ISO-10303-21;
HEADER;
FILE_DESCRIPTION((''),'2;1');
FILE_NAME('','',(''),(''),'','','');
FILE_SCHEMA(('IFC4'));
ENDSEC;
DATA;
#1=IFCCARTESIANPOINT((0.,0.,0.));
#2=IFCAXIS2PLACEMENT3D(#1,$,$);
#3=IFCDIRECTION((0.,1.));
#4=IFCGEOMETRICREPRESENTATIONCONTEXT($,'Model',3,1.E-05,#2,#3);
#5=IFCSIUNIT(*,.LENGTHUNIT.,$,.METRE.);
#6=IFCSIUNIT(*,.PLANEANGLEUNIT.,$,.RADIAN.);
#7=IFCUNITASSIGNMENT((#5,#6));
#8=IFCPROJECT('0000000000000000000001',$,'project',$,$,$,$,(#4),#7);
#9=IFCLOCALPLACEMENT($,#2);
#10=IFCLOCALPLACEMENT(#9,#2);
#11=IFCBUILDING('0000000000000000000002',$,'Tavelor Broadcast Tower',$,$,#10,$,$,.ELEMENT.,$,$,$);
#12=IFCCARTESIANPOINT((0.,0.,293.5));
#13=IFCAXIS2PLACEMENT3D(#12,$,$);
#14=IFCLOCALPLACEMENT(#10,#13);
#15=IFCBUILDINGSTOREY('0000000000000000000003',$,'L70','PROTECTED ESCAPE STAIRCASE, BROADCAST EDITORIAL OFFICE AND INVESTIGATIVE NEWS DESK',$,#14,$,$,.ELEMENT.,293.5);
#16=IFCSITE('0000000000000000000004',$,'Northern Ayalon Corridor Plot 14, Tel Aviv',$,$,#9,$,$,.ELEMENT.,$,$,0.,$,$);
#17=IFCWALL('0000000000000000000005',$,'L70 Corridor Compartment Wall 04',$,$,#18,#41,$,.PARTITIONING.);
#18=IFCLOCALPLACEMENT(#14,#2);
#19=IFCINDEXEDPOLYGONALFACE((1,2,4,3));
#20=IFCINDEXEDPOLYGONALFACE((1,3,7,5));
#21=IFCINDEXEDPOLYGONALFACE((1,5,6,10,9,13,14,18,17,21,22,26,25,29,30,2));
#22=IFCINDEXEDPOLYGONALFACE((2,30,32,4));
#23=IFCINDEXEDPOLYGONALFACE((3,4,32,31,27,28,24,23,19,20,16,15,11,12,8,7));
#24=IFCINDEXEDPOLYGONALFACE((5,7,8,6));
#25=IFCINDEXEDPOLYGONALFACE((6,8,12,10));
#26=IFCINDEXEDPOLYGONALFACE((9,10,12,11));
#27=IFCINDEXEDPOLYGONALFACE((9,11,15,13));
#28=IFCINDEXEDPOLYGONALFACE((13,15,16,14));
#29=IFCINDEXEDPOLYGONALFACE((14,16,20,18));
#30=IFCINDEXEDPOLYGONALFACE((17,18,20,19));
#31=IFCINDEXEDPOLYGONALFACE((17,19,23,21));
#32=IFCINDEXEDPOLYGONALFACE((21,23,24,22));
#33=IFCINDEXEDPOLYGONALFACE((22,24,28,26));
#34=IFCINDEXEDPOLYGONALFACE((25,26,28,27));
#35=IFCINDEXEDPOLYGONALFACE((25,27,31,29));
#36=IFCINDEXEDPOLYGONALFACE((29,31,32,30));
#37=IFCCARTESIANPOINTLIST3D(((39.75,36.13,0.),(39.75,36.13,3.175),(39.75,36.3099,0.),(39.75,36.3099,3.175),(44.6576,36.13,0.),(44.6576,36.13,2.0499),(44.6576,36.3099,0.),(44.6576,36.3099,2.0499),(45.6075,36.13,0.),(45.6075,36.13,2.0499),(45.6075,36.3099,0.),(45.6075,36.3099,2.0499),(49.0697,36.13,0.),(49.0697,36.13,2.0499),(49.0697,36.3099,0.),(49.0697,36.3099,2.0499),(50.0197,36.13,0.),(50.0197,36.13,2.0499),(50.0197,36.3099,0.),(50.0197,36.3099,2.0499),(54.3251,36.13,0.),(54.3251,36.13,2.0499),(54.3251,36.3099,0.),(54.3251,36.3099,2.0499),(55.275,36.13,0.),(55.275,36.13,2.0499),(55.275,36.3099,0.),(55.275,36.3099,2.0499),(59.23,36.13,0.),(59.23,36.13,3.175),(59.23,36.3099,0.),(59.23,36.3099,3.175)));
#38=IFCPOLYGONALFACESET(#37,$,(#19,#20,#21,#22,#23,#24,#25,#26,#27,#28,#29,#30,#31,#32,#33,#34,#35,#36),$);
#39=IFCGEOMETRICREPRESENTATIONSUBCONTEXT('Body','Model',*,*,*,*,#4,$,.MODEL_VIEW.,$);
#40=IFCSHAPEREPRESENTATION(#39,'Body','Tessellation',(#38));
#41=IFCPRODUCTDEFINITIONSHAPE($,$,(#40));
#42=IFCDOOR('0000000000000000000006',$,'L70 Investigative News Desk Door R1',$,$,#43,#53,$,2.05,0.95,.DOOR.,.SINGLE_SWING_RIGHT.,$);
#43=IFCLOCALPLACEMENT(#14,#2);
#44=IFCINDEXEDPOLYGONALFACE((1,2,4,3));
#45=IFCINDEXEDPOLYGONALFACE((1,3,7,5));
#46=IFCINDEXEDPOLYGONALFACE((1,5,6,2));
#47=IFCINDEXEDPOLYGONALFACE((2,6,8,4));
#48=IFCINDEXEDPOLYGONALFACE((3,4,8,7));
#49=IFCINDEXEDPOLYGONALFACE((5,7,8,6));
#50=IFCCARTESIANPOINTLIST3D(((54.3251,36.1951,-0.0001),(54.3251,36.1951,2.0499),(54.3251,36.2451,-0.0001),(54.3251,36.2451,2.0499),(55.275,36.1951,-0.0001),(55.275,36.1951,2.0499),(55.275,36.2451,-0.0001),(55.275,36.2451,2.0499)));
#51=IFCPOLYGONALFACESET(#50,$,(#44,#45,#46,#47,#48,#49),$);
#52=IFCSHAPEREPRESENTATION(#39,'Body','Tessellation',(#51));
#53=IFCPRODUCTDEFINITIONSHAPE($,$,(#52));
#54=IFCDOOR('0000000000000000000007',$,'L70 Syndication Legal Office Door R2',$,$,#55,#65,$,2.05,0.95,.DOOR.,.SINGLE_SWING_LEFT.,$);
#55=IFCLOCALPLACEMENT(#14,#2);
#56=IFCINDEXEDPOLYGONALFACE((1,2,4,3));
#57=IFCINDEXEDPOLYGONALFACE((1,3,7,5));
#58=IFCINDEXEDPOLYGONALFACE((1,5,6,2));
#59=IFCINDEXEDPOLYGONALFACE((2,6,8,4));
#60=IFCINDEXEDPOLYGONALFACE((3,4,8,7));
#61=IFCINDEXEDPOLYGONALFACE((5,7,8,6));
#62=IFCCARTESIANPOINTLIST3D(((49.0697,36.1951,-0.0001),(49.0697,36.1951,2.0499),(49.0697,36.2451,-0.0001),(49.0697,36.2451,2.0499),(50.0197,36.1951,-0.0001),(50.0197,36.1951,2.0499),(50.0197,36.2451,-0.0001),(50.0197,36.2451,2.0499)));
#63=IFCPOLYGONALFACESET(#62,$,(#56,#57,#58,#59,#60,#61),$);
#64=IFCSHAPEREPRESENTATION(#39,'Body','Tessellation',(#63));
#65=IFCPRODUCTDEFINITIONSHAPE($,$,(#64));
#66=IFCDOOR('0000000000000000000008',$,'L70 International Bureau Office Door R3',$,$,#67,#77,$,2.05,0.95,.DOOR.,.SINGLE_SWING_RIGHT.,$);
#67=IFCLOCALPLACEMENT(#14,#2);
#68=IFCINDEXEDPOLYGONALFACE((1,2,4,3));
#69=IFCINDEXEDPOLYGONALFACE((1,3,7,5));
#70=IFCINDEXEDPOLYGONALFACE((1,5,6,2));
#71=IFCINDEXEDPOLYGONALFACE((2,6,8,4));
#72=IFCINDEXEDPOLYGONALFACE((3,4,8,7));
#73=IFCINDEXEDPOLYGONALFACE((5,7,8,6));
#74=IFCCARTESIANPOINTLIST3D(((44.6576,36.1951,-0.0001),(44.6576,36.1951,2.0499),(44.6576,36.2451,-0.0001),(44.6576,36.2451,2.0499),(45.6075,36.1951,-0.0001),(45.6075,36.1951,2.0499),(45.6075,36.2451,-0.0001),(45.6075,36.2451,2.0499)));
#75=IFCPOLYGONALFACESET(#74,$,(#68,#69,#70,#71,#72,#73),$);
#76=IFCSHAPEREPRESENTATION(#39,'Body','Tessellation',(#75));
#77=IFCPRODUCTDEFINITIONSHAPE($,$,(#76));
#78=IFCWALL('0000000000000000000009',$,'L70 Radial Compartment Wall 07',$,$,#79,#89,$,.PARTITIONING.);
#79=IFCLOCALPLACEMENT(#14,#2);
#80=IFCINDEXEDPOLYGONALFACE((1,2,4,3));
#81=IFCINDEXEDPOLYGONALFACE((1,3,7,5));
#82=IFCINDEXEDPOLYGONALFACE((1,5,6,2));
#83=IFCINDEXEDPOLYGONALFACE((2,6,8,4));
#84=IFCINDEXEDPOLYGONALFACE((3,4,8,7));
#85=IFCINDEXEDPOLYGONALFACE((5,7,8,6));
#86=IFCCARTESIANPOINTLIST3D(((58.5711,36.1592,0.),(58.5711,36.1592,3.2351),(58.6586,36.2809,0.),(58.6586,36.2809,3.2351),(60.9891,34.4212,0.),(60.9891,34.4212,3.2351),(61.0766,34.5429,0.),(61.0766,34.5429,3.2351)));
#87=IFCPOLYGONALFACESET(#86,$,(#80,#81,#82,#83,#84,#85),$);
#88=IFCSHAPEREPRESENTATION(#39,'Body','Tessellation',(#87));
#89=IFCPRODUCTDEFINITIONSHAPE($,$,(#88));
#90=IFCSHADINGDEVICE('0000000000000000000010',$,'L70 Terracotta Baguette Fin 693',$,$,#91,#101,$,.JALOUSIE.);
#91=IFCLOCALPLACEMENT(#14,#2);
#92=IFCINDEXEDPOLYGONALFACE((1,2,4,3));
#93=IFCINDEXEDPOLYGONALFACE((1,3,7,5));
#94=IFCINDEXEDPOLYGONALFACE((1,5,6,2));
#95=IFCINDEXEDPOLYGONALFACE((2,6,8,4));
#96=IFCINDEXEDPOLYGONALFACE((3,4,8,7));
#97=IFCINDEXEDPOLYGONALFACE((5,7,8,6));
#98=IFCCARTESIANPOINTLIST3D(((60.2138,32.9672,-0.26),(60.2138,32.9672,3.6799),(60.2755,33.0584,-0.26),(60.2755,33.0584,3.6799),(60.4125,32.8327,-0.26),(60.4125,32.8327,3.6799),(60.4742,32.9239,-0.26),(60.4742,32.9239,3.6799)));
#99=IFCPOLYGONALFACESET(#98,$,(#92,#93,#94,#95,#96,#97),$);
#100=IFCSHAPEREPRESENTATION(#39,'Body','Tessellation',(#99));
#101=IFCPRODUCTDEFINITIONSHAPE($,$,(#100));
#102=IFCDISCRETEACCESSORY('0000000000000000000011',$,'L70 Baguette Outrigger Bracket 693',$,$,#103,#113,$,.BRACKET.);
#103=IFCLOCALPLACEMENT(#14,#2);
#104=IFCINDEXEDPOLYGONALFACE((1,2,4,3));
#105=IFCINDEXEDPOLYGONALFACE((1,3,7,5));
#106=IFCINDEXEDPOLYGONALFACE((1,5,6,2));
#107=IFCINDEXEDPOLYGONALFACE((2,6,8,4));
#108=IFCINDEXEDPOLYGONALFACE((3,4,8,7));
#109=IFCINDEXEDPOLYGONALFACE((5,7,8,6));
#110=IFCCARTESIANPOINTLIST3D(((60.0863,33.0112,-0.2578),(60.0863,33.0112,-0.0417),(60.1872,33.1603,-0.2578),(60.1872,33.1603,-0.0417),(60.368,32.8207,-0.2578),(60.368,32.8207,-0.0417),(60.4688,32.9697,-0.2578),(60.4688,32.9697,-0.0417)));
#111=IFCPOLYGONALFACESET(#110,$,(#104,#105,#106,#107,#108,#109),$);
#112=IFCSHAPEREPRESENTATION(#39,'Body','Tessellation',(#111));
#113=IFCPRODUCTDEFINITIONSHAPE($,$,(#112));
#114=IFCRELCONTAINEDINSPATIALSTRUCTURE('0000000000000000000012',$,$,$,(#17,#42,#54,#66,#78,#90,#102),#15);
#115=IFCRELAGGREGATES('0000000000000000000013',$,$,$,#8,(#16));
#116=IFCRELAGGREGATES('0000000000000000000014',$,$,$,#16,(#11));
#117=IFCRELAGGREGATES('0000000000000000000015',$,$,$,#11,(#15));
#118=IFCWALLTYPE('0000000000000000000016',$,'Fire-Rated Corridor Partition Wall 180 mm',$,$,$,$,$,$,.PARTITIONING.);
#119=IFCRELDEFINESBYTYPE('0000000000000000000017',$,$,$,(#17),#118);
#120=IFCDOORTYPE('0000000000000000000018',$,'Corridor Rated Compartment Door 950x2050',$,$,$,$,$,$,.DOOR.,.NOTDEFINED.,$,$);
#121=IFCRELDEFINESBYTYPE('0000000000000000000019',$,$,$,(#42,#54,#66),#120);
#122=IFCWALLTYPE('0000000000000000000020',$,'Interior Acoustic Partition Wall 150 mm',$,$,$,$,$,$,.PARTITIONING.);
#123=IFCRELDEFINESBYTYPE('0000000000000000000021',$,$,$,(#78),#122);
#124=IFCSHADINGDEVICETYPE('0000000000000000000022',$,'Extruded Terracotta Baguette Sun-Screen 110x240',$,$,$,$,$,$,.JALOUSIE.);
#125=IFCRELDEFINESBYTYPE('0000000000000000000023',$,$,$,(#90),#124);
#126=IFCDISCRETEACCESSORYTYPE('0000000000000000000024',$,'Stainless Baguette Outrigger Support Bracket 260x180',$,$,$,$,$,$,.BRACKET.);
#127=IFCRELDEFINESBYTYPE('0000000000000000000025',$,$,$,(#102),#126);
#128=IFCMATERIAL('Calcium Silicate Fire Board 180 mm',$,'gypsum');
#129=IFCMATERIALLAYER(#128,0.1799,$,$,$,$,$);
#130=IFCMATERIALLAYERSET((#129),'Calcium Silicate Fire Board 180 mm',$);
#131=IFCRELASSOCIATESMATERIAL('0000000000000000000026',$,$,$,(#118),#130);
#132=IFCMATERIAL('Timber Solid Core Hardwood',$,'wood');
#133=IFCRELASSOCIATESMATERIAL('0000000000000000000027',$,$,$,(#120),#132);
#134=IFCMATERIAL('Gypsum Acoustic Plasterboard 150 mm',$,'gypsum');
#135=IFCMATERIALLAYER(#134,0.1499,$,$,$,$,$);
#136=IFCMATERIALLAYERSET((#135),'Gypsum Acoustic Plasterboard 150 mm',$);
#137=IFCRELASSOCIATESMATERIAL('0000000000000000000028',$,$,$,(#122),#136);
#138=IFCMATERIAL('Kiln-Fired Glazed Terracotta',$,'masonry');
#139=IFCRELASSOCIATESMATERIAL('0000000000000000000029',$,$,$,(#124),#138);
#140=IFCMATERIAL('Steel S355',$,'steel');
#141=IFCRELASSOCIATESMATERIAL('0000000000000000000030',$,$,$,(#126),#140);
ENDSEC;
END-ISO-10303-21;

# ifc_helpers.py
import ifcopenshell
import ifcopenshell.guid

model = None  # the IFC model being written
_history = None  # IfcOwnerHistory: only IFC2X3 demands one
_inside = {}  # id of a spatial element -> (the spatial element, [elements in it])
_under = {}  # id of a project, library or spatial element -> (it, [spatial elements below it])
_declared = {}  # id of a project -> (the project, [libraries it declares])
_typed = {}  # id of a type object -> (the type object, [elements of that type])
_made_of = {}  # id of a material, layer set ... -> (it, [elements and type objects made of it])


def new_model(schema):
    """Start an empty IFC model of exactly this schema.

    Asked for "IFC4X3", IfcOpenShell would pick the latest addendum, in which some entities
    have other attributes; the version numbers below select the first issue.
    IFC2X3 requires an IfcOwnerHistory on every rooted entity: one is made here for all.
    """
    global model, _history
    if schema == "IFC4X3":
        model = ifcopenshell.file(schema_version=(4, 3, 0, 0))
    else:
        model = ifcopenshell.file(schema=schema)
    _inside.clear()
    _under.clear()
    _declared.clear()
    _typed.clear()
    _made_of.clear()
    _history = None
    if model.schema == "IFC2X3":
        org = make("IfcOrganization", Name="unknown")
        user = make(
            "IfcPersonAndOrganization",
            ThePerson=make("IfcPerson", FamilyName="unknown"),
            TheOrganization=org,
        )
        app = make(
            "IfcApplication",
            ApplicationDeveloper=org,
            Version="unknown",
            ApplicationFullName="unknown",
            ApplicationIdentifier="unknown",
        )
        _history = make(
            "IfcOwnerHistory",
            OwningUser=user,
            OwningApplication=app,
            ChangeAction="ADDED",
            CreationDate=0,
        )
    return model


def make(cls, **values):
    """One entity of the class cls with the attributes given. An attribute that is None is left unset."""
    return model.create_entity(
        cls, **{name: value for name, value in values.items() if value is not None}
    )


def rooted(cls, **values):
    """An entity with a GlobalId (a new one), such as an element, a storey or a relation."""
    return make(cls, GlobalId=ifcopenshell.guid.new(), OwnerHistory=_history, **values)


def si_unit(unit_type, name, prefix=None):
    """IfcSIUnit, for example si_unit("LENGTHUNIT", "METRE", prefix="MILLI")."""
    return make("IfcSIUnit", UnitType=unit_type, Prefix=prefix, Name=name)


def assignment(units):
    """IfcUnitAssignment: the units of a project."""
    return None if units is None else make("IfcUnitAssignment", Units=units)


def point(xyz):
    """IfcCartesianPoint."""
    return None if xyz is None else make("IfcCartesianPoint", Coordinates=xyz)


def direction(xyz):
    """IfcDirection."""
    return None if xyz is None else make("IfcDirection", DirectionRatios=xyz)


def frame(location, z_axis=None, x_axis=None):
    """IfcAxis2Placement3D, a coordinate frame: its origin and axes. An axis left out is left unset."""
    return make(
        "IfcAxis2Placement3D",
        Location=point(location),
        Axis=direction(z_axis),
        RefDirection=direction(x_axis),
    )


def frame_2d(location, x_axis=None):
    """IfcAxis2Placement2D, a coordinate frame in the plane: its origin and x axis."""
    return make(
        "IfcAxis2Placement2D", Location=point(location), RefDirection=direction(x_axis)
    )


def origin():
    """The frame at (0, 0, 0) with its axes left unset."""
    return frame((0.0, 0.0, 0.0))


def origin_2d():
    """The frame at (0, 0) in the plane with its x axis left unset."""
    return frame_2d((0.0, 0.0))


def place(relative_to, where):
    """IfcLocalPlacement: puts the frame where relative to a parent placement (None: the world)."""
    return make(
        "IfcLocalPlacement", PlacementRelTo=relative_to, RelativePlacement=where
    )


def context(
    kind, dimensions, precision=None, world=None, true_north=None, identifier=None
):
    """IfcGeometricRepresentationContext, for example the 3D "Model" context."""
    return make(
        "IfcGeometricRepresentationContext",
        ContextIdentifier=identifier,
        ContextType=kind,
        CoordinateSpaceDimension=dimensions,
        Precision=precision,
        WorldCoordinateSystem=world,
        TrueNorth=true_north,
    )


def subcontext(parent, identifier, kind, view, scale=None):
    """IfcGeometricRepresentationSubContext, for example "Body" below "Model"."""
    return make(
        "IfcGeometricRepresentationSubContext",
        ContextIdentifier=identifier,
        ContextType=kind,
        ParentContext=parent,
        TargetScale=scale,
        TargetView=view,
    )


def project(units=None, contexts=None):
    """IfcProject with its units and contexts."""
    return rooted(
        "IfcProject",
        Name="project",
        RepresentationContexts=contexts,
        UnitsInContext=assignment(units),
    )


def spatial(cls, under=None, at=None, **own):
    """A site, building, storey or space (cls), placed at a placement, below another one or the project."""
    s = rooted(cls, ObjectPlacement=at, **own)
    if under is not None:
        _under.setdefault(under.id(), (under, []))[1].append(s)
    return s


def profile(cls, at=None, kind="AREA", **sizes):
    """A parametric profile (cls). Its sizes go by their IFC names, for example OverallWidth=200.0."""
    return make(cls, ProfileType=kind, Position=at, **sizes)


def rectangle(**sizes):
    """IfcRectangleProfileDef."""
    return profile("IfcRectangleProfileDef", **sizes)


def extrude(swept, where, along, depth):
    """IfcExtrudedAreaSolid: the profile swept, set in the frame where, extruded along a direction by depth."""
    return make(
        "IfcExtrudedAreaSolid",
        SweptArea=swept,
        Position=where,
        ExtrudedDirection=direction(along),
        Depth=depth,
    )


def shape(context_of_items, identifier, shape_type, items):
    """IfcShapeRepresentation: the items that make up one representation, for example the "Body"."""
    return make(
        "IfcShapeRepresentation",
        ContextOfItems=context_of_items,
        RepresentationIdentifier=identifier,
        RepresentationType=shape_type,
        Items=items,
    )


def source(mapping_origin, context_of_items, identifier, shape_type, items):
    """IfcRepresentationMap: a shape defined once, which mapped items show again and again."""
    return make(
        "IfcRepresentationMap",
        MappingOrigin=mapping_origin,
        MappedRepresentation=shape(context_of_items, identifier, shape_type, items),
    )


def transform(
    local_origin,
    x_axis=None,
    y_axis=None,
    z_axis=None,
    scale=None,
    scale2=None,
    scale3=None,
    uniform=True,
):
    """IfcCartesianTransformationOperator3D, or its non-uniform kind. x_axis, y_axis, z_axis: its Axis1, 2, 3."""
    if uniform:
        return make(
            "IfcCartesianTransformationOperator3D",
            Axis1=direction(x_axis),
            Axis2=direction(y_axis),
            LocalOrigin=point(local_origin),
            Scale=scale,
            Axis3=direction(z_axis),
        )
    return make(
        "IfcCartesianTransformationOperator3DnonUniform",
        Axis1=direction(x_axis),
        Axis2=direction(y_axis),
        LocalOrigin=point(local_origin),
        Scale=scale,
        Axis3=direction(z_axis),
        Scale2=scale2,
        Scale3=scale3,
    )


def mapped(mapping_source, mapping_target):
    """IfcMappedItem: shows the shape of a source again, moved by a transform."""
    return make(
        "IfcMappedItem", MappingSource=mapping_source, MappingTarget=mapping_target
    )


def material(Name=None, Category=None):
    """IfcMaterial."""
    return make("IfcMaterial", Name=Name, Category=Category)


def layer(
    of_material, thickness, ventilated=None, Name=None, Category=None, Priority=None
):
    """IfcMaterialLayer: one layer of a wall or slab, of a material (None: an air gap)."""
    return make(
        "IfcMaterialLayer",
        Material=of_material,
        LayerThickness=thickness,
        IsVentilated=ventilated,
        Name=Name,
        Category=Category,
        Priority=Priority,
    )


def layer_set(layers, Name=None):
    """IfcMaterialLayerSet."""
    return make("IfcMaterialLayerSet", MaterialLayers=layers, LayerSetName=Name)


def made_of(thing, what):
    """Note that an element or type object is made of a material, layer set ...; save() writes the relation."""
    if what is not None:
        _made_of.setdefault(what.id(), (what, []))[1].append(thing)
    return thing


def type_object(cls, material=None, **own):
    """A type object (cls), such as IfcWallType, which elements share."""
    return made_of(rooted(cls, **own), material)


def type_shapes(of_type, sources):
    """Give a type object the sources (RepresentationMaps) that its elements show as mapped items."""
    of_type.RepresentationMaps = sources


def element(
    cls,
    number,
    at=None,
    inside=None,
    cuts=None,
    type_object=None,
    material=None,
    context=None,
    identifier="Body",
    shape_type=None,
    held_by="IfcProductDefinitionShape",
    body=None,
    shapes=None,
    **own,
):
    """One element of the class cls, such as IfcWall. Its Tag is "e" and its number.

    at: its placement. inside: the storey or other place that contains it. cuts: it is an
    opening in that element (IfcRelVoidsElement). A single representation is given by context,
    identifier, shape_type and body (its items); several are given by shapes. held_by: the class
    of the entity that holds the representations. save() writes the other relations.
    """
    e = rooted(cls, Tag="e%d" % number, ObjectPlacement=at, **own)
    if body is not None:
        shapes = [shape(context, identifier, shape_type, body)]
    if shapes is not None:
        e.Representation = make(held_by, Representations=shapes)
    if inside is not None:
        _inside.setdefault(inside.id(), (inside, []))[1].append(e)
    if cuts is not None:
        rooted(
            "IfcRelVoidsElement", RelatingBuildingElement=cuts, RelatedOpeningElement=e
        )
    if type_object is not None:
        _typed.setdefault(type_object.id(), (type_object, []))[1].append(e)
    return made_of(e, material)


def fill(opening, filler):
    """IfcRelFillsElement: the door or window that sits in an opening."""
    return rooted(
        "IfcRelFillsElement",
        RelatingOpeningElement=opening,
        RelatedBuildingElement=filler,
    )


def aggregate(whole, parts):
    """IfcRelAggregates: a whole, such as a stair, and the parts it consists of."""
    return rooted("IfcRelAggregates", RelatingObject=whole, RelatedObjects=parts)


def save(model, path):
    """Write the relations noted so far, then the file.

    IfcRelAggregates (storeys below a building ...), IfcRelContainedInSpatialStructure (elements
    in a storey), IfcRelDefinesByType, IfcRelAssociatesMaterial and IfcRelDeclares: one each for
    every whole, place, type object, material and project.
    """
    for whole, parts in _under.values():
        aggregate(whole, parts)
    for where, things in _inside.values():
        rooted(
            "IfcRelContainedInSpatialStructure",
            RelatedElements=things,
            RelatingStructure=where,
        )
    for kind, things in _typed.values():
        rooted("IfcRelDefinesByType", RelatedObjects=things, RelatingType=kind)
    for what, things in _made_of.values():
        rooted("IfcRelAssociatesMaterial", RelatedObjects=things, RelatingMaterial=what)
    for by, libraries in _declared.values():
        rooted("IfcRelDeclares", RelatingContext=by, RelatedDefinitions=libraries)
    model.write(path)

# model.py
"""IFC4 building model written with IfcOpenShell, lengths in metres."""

from ifc_helpers import new_model, si_unit, direction, frame, frame_2d, origin, origin_2d, place, context, subcontext, project, spatial, rectangle, extrude, source, transform, mapped, material, layer, layer_set, type_object, type_shapes, element, fill, save


model = new_model("IFC4")

# Units and contexts
model_context = context("Model", 3, precision=1e-05, world=origin(), true_north=direction((0.0, 1.0)))
body_context = subcontext(model_context, "Body", "Model", "MODEL_VIEW")
ifc_project = project(units=[si_unit("LENGTHUNIT", "METRE"), si_unit("PLANEANGLEUNIT", "RADIAN")], contexts=[model_context])

# Site, building, storey
site_placement = place(None, origin())
site = spatial("IfcSite", under=ifc_project, at=site_placement, Name="Northern Ayalon Corridor Plot 14, Tel Aviv", CompositionType="ELEMENT", RefElevation=0.0)
building_placement = place(site_placement, origin())
building = spatial("IfcBuilding", under=site, at=building_placement, Name="Tavelor Broadcast Tower", CompositionType="ELEMENT")
storey_placement = place(building_placement, frame((0.0, 0.0, 293.5)))
storey = spatial("IfcBuildingStorey", under=building, at=storey_placement, Name="L70", Description="PROTECTED ESCAPE STAIRCASE, BROADCAST EDITORIAL OFFICE AND INVESTIGATIVE NEWS DESK", CompositionType="ELEMENT", Elevation=293.5)

# Shared definitions
ifc_material_1 = material(Name="Steel S355", Category="steel")

# Wall, openings, doors
ifc_material_2 = material(Name="Calcium Silicate Fire Board 180 mm", Category="gypsum")
ifc_layer_1 = layer(ifc_material_2, 0.1799)
ifc_layer_set_1 = layer_set([ifc_layer_1], Name="Calcium Silicate Fire Board 180 mm")
wall_type_1 = type_object("IfcWallType", Name="Fire-Rated Corridor Partition Wall 180 mm", PredefinedType="PARTITIONING", material=ifc_layer_set_1)
wall_1_placement = place(storey_placement, frame((59.23, 36.22, 0.0), z_axis=(0.0, 0.0, 1.0), x_axis=(-1.0, 0.0, 0.0)))
wall_1 = element("IfcWall", 1, at=wall_1_placement, inside=storey, type_object=wall_type_1, Name="L70 Corridor Compartment Wall 04", PredefinedType="PARTITIONING", context=body_context, shape_type="SweptSolid", body=[
    extrude(rectangle(XDim=19.48, YDim=0.1799, at=frame_2d((9.74, 0.0))), origin(), (0.0, 0.0, 1.0), 3.175),
])
opening_1_placement = place(wall_1_placement, frame((3.9548, 0.0, 0.0)))
opening_1 = element("IfcOpeningElement", 2, at=opening_1_placement, cuts=wall_1, PredefinedType="OPENING", context=body_context, shape_type="SweptSolid", body=[
    extrude(rectangle(XDim=0.95, YDim=2.05, at=frame_2d((0.4751, 1.0249))), frame((0.0, 0.1001, 0.0), z_axis=(0.0, -1.0, 0.0), x_axis=(1.0, 0.0, 0.0)), (0.0, 0.0, 1.0), 0.2),
])
opening_2_placement = place(wall_1_placement, frame((9.2102, 0.0, 0.0)))
opening_2 = element("IfcOpeningElement", 3, at=opening_2_placement, cuts=wall_1, PredefinedType="OPENING", context=body_context, shape_type="SweptSolid", body=[
    extrude(rectangle(XDim=0.95, YDim=2.05, at=frame_2d((0.4751, 1.0249))), frame((0.0, 0.1001, 0.0), z_axis=(0.0, -1.0, 0.0), x_axis=(1.0, 0.0, 0.0)), (0.0, 0.0, 1.0), 0.2),
])
opening_3_placement = place(wall_1_placement, frame((13.6223, 0.0, 0.0)))
opening_3 = element("IfcOpeningElement", 4, at=opening_3_placement, cuts=wall_1, PredefinedType="OPENING", context=body_context, shape_type="SweptSolid", body=[
    extrude(rectangle(XDim=0.95, YDim=2.05, at=frame_2d((0.4751, 1.0249))), frame((0.0, 0.1001, 0.0), z_axis=(0.0, -1.0, 0.0), x_axis=(1.0, 0.0, 0.0)), (0.0, 0.0, 1.0), 0.2),
])
ifc_material_3 = material(Name="Timber Solid Core Hardwood", Category="wood")
door_type = type_object("IfcDoorType", Name="Corridor Rated Compartment Door 950x2050", OperationType="NOTDEFINED", PredefinedType="DOOR", material=ifc_material_3)
door_1_placement = place(opening_1_placement, origin())
door_1 = element("IfcDoor", 5, at=door_1_placement, inside=storey, type_object=door_type, Name="L70 Investigative News Desk Door R1", OperationType="SINGLE_SWING_RIGHT", OverallHeight=2.05, OverallWidth=0.95, PredefinedType="DOOR", context=body_context, shape_type="SweptSolid", body=[
    extrude(rectangle(XDim=0.95, YDim=2.05, at=frame_2d((0.4751, 1.0249))), frame((0.0, 0.0249, 0.0), z_axis=(0.0, -1.0, 0.0), x_axis=(1.0, 0.0, 0.0)), (0.0, 0.0, 1.0), 0.05),
])
fill(opening_1, door_1)
door_2_placement = place(opening_2_placement, origin())
door_2 = element("IfcDoor", 6, at=door_2_placement, inside=storey, type_object=door_type, Name="L70 Syndication Legal Office Door R2", OperationType="SINGLE_SWING_LEFT", OverallHeight=2.05, OverallWidth=0.95, PredefinedType="DOOR", context=body_context, shape_type="SweptSolid", body=[
    extrude(rectangle(XDim=0.95, YDim=2.05, at=frame_2d((0.4751, 1.0249))), frame((0.0, 0.0249, 0.0), z_axis=(0.0, -1.0, 0.0), x_axis=(1.0, 0.0, 0.0)), (0.0, 0.0, 1.0), 0.05),
])
fill(opening_2, door_2)
door_3_placement = place(opening_3_placement, origin())
door_3 = element("IfcDoor", 7, at=door_3_placement, inside=storey, type_object=door_type, Name="L70 International Bureau Office Door R3", OperationType="SINGLE_SWING_RIGHT", OverallHeight=2.05, OverallWidth=0.95, PredefinedType="DOOR", context=body_context, shape_type="SweptSolid", body=[
    extrude(rectangle(XDim=0.95, YDim=2.05, at=frame_2d((0.4751, 1.0249))), frame((0.0, 0.0249, 0.0), z_axis=(0.0, -1.0, 0.0), x_axis=(1.0, 0.0, 0.0)), (0.0, 0.0, 1.0), 0.05),
])
fill(opening_3, door_3)

# Wall
ifc_material_4 = material(Name="Gypsum Acoustic Plasterboard 150 mm", Category="gypsum")
ifc_layer_2 = layer(ifc_material_4, 0.1499)
ifc_layer_set_2 = layer_set([ifc_layer_2], Name="Gypsum Acoustic Plasterboard 150 mm")
wall_type_2 = type_object("IfcWallType", Name="Interior Acoustic Partition Wall 150 mm", PredefinedType="PARTITIONING", material=ifc_layer_set_2)
wall_2_placement = place(storey_placement, frame((58.615, 36.22, 0.0), z_axis=(0.0, 0.0, 1.0), x_axis=(0.811996, -0.583663, 0.0)))
element("IfcWall", 8, at=wall_2_placement, inside=storey, type_object=wall_type_2, Name="L70 Radial Compartment Wall 07", PredefinedType="PARTITIONING", context=body_context, shape_type="SweptSolid", body=[
    extrude(rectangle(XDim=2.9778, YDim=0.1499, at=frame_2d((1.4888, 0.0))), origin(), (0.0, 0.0, 1.0), 3.2351),
])

# Shading device
ifc_material_5 = material(Name="Kiln-Fired Glazed Terracotta", Category="masonry")
shading_device_type = type_object("IfcShadingDeviceType", Name="Extruded Terracotta Baguette Sun-Screen 110x240", PredefinedType="JALOUSIE", material=ifc_material_5)
shared_shape_1 = source(origin(), body_context, "Body", "SweptSolid", [
    extrude(rectangle(XDim=0.1101, YDim=0.24, at=origin_2d()), origin(), (0.0, 0.0, 1.0), 3.9399),
])
type_shapes(shading_device_type, [shared_shape_1])
shading_device_placement = place(storey_placement, frame((60.344, 32.9456, -0.26), z_axis=(0.0, 0.0, 1.0), x_axis=(0.56035, 0.828256, 0.0)))
element("IfcShadingDevice", 9, at=shading_device_placement, inside=storey, type_object=shading_device_type, Name="L70 Terracotta Baguette Fin 693", PredefinedType="JALOUSIE", context=body_context, shape_type="MappedRepresentation", body=[
    mapped(shared_shape_1, transform((0.0, 0.0, 0.0), scale=1.0)),
])

# Discrete accessory
discrete_accessory_type = type_object("IfcDiscreteAccessoryType", Name="Stainless Baguette Outrigger Support Bracket 260x180", PredefinedType="BRACKET", material=ifc_material_1)
shared_shape_2 = source(origin(), body_context, "Body", "SweptSolid", [
    extrude(rectangle(XDim=0.1799, YDim=0.3401, at=origin_2d()), origin(), (0.0, 0.0, 1.0), 0.2161),
])
type_shapes(discrete_accessory_type, [shared_shape_2])
discrete_accessory_placement = place(storey_placement, frame((60.2776, 32.9905, -0.2578), z_axis=(0.0, 0.0, 1.0), x_axis=(0.56035, 0.828256, 0.0)))
element("IfcDiscreteAccessory", 10, at=discrete_accessory_placement, inside=storey, type_object=discrete_accessory_type, Name="L70 Baguette Outrigger Bracket 693", PredefinedType="BRACKET", context=body_context, shape_type="MappedRepresentation", body=[
    mapped(shared_shape_2, transform((0.0, 0.0, 0.0), scale=1.0)),
])

save(model, "model.ifc")
